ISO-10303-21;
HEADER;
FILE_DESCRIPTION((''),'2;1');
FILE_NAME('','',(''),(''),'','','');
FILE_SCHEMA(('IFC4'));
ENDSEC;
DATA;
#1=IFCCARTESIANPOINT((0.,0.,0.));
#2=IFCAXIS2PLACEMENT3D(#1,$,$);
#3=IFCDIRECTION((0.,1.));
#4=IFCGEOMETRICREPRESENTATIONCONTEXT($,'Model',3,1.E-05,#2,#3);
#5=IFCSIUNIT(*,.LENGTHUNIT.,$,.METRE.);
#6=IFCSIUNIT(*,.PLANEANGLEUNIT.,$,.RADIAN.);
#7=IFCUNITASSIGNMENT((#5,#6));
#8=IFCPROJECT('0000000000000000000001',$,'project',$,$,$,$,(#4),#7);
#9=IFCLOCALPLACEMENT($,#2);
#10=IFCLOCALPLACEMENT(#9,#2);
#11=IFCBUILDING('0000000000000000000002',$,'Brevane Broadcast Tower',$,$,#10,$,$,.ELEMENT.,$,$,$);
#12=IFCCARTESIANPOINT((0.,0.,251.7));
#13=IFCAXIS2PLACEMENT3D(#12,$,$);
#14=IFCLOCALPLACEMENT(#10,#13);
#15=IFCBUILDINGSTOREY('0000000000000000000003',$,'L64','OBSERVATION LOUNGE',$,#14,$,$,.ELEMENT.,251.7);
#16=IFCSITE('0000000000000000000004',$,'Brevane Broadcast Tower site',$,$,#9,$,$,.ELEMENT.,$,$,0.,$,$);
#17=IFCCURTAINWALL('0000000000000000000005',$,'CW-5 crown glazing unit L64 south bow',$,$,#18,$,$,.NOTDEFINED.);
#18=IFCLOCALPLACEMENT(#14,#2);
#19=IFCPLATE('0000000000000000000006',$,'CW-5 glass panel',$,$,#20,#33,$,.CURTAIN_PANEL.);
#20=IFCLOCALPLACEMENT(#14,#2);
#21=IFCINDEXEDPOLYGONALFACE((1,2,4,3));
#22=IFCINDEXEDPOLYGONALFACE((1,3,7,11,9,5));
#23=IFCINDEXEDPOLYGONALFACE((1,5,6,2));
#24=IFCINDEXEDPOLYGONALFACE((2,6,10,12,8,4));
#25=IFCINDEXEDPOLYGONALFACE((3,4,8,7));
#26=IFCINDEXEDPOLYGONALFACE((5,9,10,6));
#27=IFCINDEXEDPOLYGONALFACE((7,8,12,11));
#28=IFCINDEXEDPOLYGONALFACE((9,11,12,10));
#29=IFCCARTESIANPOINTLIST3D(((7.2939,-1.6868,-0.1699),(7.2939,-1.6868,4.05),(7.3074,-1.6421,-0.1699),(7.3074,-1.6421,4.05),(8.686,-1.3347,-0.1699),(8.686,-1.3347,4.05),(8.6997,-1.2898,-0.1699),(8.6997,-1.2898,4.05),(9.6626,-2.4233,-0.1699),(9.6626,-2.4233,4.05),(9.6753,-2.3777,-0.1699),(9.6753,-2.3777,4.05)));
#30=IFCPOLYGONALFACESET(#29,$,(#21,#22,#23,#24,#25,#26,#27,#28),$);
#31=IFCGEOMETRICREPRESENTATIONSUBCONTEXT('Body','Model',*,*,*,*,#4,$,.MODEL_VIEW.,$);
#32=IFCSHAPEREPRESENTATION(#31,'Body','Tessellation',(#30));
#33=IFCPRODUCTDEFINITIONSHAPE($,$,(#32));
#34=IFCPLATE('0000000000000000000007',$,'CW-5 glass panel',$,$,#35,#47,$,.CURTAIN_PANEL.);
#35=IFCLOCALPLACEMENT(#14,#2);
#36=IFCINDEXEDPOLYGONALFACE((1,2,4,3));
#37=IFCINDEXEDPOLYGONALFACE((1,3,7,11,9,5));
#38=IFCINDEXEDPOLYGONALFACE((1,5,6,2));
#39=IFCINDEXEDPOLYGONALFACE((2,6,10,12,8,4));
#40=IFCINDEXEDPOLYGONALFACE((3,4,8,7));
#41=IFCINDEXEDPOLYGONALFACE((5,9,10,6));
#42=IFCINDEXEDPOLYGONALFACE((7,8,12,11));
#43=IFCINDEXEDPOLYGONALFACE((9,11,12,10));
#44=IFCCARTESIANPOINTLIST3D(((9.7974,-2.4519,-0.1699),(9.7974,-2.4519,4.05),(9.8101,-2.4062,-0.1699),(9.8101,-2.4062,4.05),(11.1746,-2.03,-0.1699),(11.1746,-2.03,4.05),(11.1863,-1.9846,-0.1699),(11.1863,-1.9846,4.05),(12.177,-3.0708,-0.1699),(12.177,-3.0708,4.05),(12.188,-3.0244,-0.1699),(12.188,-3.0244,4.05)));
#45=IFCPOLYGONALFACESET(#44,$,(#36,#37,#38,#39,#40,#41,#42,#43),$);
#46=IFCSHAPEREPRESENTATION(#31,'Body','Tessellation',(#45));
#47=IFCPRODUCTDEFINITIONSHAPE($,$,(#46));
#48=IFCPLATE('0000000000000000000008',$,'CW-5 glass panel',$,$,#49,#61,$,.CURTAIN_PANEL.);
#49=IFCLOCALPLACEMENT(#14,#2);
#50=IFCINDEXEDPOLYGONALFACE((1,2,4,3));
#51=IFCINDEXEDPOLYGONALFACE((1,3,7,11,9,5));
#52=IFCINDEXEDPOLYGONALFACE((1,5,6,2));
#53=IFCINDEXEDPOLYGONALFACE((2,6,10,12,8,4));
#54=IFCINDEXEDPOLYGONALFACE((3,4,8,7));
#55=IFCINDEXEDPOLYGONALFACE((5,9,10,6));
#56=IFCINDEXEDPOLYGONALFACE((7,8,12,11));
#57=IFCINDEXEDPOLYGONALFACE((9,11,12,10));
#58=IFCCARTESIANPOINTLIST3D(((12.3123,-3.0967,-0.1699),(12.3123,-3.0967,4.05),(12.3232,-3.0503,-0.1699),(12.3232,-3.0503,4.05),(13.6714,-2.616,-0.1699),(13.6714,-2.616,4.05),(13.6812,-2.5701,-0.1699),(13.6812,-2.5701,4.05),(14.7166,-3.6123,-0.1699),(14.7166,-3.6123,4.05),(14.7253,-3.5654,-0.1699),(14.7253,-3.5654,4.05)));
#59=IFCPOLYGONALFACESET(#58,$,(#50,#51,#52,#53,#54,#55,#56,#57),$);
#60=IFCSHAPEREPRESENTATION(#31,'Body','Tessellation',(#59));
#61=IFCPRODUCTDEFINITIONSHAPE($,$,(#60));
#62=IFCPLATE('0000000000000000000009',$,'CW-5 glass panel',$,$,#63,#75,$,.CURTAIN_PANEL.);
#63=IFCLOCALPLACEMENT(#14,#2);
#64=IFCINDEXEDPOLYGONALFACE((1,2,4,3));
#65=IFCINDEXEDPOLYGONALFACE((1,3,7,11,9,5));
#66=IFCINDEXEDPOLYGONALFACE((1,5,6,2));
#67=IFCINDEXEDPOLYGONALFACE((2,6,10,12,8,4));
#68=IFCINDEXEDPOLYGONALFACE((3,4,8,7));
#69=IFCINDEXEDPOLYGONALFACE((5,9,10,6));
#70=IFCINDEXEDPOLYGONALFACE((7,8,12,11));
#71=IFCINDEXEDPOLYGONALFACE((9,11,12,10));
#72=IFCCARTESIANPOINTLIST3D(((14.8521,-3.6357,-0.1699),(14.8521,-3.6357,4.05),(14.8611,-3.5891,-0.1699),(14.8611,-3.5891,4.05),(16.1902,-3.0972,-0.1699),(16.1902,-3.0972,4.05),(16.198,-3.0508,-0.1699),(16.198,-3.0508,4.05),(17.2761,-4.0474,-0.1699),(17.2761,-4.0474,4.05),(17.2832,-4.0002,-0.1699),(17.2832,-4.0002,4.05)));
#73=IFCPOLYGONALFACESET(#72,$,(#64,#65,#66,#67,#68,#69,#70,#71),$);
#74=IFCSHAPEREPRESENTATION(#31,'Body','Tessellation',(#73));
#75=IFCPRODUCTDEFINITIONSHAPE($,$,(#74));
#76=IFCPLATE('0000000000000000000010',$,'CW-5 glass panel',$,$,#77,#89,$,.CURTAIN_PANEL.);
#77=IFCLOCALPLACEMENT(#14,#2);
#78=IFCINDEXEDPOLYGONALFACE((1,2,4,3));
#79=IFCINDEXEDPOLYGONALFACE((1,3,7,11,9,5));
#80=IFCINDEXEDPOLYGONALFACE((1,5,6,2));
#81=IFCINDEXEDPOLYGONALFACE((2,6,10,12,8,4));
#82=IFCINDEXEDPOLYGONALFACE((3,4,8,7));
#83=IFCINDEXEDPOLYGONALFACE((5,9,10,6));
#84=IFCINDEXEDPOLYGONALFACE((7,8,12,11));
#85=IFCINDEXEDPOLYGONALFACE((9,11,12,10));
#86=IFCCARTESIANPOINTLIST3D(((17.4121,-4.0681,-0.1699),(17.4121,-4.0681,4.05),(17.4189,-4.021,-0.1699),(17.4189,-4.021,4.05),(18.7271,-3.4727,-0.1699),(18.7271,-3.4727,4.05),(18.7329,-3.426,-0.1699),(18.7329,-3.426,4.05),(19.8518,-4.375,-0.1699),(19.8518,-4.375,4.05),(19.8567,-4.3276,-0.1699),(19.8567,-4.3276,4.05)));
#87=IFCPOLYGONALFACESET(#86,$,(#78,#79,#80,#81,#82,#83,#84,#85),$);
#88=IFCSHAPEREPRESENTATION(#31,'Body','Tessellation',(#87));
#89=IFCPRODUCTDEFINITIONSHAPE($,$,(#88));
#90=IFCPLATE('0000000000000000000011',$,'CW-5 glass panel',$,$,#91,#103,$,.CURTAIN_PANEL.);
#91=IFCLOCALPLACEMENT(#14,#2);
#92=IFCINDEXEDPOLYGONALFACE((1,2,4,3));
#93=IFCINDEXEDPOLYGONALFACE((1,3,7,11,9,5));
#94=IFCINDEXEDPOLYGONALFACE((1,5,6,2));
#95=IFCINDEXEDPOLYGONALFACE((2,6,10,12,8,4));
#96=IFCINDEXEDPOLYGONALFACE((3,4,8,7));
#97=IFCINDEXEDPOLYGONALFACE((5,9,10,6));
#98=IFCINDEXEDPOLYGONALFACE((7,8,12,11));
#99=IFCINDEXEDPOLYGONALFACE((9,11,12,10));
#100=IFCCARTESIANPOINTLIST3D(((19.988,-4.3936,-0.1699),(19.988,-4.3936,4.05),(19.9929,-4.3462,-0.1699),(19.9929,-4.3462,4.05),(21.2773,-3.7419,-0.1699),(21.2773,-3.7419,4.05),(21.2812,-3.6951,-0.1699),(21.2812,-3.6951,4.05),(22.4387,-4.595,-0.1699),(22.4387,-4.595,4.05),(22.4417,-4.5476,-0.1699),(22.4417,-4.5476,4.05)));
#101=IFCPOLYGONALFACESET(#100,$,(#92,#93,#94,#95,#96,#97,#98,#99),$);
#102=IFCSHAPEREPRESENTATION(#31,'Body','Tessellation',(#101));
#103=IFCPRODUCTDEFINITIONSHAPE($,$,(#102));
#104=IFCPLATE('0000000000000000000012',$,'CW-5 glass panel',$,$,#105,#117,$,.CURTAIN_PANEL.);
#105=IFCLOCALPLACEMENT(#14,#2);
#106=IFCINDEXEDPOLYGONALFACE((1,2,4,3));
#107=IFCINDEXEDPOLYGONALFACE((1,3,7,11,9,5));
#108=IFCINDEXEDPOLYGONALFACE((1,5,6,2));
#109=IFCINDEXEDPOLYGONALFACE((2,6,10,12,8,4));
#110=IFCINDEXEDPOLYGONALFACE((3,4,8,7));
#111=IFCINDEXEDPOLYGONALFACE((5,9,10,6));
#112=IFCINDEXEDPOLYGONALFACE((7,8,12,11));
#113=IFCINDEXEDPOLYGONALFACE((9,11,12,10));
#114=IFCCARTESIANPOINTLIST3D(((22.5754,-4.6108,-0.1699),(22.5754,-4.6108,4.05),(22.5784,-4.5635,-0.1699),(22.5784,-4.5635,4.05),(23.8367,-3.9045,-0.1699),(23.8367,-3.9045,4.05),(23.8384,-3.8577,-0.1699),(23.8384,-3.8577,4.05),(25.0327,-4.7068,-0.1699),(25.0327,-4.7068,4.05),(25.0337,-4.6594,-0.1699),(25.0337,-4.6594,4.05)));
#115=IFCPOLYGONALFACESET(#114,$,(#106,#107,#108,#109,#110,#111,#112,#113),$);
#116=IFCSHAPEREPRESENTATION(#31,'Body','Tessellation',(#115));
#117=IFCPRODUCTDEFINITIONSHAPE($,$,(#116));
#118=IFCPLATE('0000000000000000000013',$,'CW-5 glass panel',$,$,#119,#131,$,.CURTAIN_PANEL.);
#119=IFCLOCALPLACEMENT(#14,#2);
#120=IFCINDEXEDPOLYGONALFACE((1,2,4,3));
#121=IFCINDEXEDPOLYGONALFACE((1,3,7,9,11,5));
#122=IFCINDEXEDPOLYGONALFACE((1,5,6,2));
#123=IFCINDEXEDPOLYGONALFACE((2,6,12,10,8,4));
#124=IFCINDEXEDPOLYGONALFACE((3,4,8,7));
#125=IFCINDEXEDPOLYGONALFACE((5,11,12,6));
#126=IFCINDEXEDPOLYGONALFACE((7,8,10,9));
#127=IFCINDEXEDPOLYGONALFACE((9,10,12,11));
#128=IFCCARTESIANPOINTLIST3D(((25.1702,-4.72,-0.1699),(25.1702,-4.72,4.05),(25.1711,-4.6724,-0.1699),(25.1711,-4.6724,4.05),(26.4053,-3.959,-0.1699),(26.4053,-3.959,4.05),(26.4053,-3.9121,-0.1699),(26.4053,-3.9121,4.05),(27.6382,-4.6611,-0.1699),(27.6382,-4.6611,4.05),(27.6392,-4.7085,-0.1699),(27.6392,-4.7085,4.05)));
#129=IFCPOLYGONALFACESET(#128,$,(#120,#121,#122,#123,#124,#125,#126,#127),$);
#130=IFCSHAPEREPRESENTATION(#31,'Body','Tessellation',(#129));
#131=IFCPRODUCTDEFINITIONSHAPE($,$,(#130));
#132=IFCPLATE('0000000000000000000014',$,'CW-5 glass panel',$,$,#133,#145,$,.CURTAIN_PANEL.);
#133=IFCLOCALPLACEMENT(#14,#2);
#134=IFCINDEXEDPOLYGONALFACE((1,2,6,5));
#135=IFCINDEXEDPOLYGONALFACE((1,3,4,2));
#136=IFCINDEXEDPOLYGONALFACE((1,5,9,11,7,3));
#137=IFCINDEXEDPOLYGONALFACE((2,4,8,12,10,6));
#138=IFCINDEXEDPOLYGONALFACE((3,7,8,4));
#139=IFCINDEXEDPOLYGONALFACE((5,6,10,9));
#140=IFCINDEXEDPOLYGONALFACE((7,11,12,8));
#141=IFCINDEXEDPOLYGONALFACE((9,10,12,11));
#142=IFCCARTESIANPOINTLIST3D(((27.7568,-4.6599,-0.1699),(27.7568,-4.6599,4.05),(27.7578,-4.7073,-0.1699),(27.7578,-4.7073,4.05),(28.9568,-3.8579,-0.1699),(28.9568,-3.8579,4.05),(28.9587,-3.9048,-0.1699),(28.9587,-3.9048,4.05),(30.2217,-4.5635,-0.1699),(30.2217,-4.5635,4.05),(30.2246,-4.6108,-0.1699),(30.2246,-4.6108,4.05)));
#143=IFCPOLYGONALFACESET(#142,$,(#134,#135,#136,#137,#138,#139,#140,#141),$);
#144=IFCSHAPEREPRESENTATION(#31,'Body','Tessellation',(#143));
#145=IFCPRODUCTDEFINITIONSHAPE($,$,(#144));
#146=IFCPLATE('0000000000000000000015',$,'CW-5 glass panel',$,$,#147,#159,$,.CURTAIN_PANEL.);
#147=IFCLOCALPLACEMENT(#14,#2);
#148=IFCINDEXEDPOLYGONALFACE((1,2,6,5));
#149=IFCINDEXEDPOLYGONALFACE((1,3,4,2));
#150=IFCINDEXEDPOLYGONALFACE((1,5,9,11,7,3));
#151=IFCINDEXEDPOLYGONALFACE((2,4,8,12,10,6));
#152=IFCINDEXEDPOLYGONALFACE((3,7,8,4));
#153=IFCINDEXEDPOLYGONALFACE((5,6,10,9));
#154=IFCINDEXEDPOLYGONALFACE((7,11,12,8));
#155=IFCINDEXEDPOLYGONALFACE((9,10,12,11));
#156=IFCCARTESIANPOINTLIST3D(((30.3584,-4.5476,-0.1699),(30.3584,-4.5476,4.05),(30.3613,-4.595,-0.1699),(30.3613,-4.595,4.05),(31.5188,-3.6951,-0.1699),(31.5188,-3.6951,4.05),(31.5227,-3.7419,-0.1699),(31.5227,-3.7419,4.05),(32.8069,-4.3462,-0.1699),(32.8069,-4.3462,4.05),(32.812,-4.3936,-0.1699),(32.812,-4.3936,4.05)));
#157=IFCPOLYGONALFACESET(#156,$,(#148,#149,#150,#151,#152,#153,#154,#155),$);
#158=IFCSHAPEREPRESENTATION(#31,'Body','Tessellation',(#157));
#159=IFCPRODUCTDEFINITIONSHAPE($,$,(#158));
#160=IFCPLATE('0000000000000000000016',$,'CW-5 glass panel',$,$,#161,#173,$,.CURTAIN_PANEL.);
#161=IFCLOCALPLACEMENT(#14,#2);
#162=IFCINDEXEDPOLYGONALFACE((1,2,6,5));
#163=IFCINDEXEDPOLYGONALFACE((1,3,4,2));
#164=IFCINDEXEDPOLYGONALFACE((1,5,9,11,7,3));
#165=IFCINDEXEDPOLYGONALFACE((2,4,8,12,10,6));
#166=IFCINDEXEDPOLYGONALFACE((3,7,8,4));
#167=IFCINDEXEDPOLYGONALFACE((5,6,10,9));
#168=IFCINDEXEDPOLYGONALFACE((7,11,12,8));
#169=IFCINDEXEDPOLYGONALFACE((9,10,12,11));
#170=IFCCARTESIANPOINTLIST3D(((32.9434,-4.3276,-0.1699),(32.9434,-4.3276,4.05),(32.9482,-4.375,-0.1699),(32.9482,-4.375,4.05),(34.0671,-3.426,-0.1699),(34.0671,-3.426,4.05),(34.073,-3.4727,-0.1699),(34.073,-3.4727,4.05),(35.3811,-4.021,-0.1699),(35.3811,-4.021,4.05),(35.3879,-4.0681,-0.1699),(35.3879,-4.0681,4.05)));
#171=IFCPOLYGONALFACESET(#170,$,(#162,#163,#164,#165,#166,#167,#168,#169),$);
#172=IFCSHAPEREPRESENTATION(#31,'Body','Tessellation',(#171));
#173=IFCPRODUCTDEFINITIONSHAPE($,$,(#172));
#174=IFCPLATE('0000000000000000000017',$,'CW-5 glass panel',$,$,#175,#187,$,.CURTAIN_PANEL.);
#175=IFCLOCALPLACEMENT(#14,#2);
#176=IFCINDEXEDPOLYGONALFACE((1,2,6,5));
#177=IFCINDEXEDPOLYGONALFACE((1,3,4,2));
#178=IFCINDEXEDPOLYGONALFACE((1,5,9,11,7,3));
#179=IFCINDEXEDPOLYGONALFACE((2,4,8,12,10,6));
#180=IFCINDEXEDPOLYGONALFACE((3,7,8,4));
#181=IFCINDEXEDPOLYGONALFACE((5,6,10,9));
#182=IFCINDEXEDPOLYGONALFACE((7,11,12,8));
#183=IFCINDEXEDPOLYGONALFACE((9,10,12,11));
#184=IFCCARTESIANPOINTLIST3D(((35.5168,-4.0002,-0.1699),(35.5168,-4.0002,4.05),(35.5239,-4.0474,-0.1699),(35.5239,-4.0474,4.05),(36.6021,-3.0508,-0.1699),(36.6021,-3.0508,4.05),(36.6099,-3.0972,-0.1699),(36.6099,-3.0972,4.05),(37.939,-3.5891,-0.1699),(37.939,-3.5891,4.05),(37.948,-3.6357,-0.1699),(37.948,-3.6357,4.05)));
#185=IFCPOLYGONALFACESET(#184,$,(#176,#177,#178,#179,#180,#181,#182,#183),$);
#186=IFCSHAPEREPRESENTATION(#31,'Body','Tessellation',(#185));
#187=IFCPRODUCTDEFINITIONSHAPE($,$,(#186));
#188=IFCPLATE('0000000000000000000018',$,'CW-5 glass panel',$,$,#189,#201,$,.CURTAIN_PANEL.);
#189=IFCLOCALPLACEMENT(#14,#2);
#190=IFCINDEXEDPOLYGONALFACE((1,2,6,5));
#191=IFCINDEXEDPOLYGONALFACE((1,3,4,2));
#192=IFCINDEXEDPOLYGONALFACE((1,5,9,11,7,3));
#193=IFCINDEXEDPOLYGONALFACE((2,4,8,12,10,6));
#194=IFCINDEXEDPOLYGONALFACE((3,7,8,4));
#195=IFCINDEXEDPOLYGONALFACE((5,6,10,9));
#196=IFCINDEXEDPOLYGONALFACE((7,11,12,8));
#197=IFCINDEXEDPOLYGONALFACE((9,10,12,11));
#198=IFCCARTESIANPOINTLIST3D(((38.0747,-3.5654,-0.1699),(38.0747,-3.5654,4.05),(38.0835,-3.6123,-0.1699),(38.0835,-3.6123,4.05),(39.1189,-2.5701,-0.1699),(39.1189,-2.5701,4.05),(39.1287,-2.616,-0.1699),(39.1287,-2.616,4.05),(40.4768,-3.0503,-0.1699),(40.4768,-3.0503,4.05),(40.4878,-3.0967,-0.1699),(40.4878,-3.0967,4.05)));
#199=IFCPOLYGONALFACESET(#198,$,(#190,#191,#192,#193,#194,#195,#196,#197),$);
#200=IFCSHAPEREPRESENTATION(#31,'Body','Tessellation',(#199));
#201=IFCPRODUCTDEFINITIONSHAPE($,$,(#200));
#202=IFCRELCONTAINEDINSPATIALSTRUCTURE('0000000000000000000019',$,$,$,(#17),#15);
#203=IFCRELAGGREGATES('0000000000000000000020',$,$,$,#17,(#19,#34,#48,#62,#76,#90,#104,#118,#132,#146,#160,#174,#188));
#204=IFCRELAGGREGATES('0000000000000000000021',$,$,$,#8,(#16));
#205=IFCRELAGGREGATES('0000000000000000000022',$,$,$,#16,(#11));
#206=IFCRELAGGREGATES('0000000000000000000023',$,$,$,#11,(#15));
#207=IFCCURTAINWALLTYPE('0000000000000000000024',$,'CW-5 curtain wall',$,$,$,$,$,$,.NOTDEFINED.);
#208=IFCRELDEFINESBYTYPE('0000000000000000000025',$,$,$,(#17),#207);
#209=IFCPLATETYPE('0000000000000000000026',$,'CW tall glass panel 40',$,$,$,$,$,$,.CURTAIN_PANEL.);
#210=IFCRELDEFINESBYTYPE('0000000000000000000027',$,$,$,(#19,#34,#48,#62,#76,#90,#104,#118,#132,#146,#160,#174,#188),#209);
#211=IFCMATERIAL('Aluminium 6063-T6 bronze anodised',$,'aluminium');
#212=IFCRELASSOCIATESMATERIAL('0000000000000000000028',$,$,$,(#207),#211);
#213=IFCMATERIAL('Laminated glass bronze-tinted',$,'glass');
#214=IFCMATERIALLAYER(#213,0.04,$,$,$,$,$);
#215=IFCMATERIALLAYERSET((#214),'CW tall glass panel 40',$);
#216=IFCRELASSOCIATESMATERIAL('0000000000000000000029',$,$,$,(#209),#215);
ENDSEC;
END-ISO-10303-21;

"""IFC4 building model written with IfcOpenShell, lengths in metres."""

from ifc_helpers import new_model, si_unit, direction, frame, origin, place, context, subcontext, project, spatial, polyline, outline, extrude, material, layer, layer_set, type_object, element, aggregate, save


model = new_model("IFC4")

# Units and contexts
model_context = context("Model", 3, precision=1e-05, world=origin(), true_north=direction((0.0, 1.0)))
body_context = subcontext(model_context, "Body", "Model", "MODEL_VIEW")
ifc_project = project(units=[si_unit("LENGTHUNIT", "METRE"), si_unit("PLANEANGLEUNIT", "RADIAN")], contexts=[model_context])

# Site, building, storey
site_placement = place(None, origin())
site = spatial("IfcSite", under=ifc_project, at=site_placement, Name="Brevane Broadcast Tower site", CompositionType="ELEMENT", RefElevation=0.0)
building_placement = place(site_placement, origin())
building = spatial("IfcBuilding", under=site, at=building_placement, Name="Brevane Broadcast Tower", CompositionType="ELEMENT")
storey_placement = place(building_placement, frame((0.0, 0.0, 251.7)))
storey = spatial("IfcBuildingStorey", under=building, at=storey_placement, Name="L64", Description="OBSERVATION LOUNGE", CompositionType="ELEMENT", Elevation=251.7)

# Curtain wall, plates
ifc_material_1 = material(Name="Aluminium 6063-T6 bronze anodised", Category="aluminium")
curtain_wall_type = type_object("IfcCurtainWallType", Name="CW-5 curtain wall", PredefinedType="NOTDEFINED", material=ifc_material_1)
curtain_wall_1_placement = place(storey_placement, origin())
curtain_wall_1 = element("IfcCurtainWall", 1, at=curtain_wall_1_placement, inside=storey, type_object=curtain_wall_type, Name="CW-5 crown glazing unit L64 south bow", PredefinedType="NOTDEFINED")
ifc_material_2 = material(Name="Laminated glass bronze-tinted", Category="glass")
ifc_layer = layer(ifc_material_2, 0.04)
ifc_layer_set = layer_set([ifc_layer], Name="CW tall glass panel 40")
plate_type = type_object("IfcPlateType", Name="CW tall glass panel 40", PredefinedType="CURTAIN_PANEL", material=ifc_layer_set)
plate_1_placement = place(storey_placement, frame((0.0, 0.0, -0.1699)))
plate_1 = element("IfcPlate", 2, at=plate_1_placement, type_object=plate_type, Name="CW-5 glass panel", PredefinedType="CURTAIN_PANEL", context=body_context, shape_type="SweptSolid", body=[
    extrude(outline(polyline([(7.3074, -1.6421), (7.2939, -1.6868), (8.686, -1.3347), (9.6626, -2.4233), (9.6753, -2.3777), (8.6997, -1.2898), (7.3074, -1.6421)])), origin(), (0.0, 0.0, 1.0), 4.22),
])
plate_2_placement = place(storey_placement, frame((0.0, 0.0, -0.1699)))
plate_2 = element("IfcPlate", 3, at=plate_2_placement, type_object=plate_type, Name="CW-5 glass panel", PredefinedType="CURTAIN_PANEL", context=body_context, shape_type="SweptSolid", body=[
    extrude(outline(polyline([(9.8101, -2.4062), (9.7974, -2.4519), (11.1746, -2.03), (12.177, -3.0708), (12.188, -3.0244), (11.1863, -1.9846), (9.8101, -2.4062)])), origin(), (0.0, 0.0, 1.0), 4.22),
])
plate_3_placement = place(storey_placement, frame((0.0, 0.0, -0.1699)))
plate_3 = element("IfcPlate", 4, at=plate_3_placement, type_object=plate_type, Name="CW-5 glass panel", PredefinedType="CURTAIN_PANEL", context=body_context, shape_type="SweptSolid", body=[
    extrude(outline(polyline([(12.3232, -3.0503), (12.3123, -3.0967), (13.6714, -2.616), (14.7166, -3.6123), (14.7253, -3.5654), (13.6812, -2.5701), (12.3232, -3.0503)])), origin(), (0.0, 0.0, 1.0), 4.22),
])
plate_4_placement = place(storey_placement, frame((0.0, 0.0, -0.1699)))
plate_4 = element("IfcPlate", 5, at=plate_4_placement, type_object=plate_type, Name="CW-5 glass panel", PredefinedType="CURTAIN_PANEL", context=body_context, shape_type="SweptSolid", body=[
    extrude(outline(polyline([(14.8611, -3.5891), (14.8521, -3.6357), (16.1902, -3.0972), (17.2761, -4.0474), (17.2832, -4.0002), (16.198, -3.0508), (14.8611, -3.5891)])), origin(), (0.0, 0.0, 1.0), 4.22),
])
plate_5_placement = place(storey_placement, frame((0.0, 0.0, -0.1699)))
plate_5 = element("IfcPlate", 6, at=plate_5_placement, type_object=plate_type, Name="CW-5 glass panel", PredefinedType="CURTAIN_PANEL", context=body_context, shape_type="SweptSolid", body=[
    extrude(outline(polyline([(17.4189, -4.021), (17.4121, -4.0681), (18.7271, -3.4727), (19.8518, -4.375), (19.8567, -4.3276), (18.7329, -3.426), (17.4189, -4.021)])), origin(), (0.0, 0.0, 1.0), 4.22),
])
plate_6_placement = place(storey_placement, frame((0.0, 0.0, -0.1699)))
plate_6 = element("IfcPlate", 7, at=plate_6_placement, type_object=plate_type, Name="CW-5 glass panel", PredefinedType="CURTAIN_PANEL", context=body_context, shape_type="SweptSolid", body=[
    extrude(outline(polyline([(19.9929, -4.3462), (19.988, -4.3936), (21.2773, -3.7419), (22.4387, -4.595), (22.4417, -4.5476), (21.2812, -3.6951), (19.9929, -4.3462)])), origin(), (0.0, 0.0, 1.0), 4.22),
])
plate_7_placement = place(storey_placement, frame((0.0, 0.0, -0.1699)))
plate_7 = element("IfcPlate", 8, at=plate_7_placement, type_object=plate_type, Name="CW-5 glass panel", PredefinedType="CURTAIN_PANEL", context=body_context, shape_type="SweptSolid", body=[
    extrude(outline(polyline([(22.5784, -4.5635), (22.5754, -4.6108), (23.8367, -3.9045), (25.0327, -4.7068), (25.0337, -4.6594), (23.8384, -3.8577), (22.5784, -4.5635)])), origin(), (0.0, 0.0, 1.0), 4.22),
])
plate_8_placement = place(storey_placement, frame((0.0, 0.0, -0.1699)))
plate_8 = element("IfcPlate", 9, at=plate_8_placement, type_object=plate_type, Name="CW-5 glass panel", PredefinedType="CURTAIN_PANEL", context=body_context, shape_type="SweptSolid", body=[
    extrude(outline(polyline([(25.1711, -4.6724), (25.1702, -4.72), (26.4053, -3.959), (27.6392, -4.7085), (27.6382, -4.6611), (26.4053, -3.9121), (25.1711, -4.6724)])), origin(), (0.0, 0.0, 1.0), 4.22),
])
plate_9_placement = place(storey_placement, frame((0.0, 0.0, -0.1699)))
plate_9 = element("IfcPlate", 10, at=plate_9_placement, type_object=plate_type, Name="CW-5 glass panel", PredefinedType="CURTAIN_PANEL", context=body_context, shape_type="SweptSolid", body=[
    extrude(outline(polyline([(27.7568, -4.6599), (27.7578, -4.7073), (28.9587, -3.9048), (30.2246, -4.6108), (30.2217, -4.5635), (28.9568, -3.8579), (27.7568, -4.6599)])), origin(), (0.0, 0.0, 1.0), 4.22),
])
plate_10_placement = place(storey_placement, frame((0.0, 0.0, -0.1699)))
plate_10 = element("IfcPlate", 11, at=plate_10_placement, type_object=plate_type, Name="CW-5 glass panel", PredefinedType="CURTAIN_PANEL", context=body_context, shape_type="SweptSolid", body=[
    extrude(outline(polyline([(30.3584, -4.5476), (30.3613, -4.595), (31.5227, -3.7419), (32.812, -4.3936), (32.8069, -4.3462), (31.5188, -3.6951), (30.3584, -4.5476)])), origin(), (0.0, 0.0, 1.0), 4.22),
])
plate_11_placement = place(storey_placement, frame((0.0, 0.0, -0.1699)))
plate_11 = element("IfcPlate", 12, at=plate_11_placement, type_object=plate_type, Name="CW-5 glass panel", PredefinedType="CURTAIN_PANEL", context=body_context, shape_type="SweptSolid", body=[
    extrude(outline(polyline([(32.9434, -4.3276), (32.9482, -4.375), (34.073, -3.4727), (35.3879, -4.0681), (35.3811, -4.021), (34.0671, -3.426), (32.9434, -4.3276)])), origin(), (0.0, 0.0, 1.0), 4.22),
])
plate_12_placement = place(storey_placement, frame((0.0, 0.0, -0.1699)))
plate_12 = element("IfcPlate", 13, at=plate_12_placement, type_object=plate_type, Name="CW-5 glass panel", PredefinedType="CURTAIN_PANEL", context=body_context, shape_type="SweptSolid", body=[
    extrude(outline(polyline([(35.5168, -4.0002), (35.5239, -4.0474), (36.6099, -3.0972), (37.948, -3.6357), (37.939, -3.5891), (36.6021, -3.0508), (35.5168, -4.0002)])), origin(), (0.0, 0.0, 1.0), 4.22),
])
plate_13_placement = place(storey_placement, frame((0.0, 0.0, -0.1699)))
plate_13 = element("IfcPlate", 14, at=plate_13_placement, type_object=plate_type, Name="CW-5 glass panel", PredefinedType="CURTAIN_PANEL", context=body_context, shape_type="SweptSolid", body=[
    extrude(outline(polyline([(38.0747, -3.5654), (38.0835, -3.6123), (39.1287, -2.616), (40.4878, -3.0967), (40.4768, -3.0503), (39.1189, -2.5701), (38.0747, -3.5654)])), origin(), (0.0, 0.0, 1.0), 4.22),
])
aggregate(curtain_wall_1, [plate_1, plate_2, plate_3, plate_4, plate_5, plate_6, plate_7, plate_8, plate_9, plate_10, plate_11, plate_12, plate_13])

save(model, "model.ifc")
